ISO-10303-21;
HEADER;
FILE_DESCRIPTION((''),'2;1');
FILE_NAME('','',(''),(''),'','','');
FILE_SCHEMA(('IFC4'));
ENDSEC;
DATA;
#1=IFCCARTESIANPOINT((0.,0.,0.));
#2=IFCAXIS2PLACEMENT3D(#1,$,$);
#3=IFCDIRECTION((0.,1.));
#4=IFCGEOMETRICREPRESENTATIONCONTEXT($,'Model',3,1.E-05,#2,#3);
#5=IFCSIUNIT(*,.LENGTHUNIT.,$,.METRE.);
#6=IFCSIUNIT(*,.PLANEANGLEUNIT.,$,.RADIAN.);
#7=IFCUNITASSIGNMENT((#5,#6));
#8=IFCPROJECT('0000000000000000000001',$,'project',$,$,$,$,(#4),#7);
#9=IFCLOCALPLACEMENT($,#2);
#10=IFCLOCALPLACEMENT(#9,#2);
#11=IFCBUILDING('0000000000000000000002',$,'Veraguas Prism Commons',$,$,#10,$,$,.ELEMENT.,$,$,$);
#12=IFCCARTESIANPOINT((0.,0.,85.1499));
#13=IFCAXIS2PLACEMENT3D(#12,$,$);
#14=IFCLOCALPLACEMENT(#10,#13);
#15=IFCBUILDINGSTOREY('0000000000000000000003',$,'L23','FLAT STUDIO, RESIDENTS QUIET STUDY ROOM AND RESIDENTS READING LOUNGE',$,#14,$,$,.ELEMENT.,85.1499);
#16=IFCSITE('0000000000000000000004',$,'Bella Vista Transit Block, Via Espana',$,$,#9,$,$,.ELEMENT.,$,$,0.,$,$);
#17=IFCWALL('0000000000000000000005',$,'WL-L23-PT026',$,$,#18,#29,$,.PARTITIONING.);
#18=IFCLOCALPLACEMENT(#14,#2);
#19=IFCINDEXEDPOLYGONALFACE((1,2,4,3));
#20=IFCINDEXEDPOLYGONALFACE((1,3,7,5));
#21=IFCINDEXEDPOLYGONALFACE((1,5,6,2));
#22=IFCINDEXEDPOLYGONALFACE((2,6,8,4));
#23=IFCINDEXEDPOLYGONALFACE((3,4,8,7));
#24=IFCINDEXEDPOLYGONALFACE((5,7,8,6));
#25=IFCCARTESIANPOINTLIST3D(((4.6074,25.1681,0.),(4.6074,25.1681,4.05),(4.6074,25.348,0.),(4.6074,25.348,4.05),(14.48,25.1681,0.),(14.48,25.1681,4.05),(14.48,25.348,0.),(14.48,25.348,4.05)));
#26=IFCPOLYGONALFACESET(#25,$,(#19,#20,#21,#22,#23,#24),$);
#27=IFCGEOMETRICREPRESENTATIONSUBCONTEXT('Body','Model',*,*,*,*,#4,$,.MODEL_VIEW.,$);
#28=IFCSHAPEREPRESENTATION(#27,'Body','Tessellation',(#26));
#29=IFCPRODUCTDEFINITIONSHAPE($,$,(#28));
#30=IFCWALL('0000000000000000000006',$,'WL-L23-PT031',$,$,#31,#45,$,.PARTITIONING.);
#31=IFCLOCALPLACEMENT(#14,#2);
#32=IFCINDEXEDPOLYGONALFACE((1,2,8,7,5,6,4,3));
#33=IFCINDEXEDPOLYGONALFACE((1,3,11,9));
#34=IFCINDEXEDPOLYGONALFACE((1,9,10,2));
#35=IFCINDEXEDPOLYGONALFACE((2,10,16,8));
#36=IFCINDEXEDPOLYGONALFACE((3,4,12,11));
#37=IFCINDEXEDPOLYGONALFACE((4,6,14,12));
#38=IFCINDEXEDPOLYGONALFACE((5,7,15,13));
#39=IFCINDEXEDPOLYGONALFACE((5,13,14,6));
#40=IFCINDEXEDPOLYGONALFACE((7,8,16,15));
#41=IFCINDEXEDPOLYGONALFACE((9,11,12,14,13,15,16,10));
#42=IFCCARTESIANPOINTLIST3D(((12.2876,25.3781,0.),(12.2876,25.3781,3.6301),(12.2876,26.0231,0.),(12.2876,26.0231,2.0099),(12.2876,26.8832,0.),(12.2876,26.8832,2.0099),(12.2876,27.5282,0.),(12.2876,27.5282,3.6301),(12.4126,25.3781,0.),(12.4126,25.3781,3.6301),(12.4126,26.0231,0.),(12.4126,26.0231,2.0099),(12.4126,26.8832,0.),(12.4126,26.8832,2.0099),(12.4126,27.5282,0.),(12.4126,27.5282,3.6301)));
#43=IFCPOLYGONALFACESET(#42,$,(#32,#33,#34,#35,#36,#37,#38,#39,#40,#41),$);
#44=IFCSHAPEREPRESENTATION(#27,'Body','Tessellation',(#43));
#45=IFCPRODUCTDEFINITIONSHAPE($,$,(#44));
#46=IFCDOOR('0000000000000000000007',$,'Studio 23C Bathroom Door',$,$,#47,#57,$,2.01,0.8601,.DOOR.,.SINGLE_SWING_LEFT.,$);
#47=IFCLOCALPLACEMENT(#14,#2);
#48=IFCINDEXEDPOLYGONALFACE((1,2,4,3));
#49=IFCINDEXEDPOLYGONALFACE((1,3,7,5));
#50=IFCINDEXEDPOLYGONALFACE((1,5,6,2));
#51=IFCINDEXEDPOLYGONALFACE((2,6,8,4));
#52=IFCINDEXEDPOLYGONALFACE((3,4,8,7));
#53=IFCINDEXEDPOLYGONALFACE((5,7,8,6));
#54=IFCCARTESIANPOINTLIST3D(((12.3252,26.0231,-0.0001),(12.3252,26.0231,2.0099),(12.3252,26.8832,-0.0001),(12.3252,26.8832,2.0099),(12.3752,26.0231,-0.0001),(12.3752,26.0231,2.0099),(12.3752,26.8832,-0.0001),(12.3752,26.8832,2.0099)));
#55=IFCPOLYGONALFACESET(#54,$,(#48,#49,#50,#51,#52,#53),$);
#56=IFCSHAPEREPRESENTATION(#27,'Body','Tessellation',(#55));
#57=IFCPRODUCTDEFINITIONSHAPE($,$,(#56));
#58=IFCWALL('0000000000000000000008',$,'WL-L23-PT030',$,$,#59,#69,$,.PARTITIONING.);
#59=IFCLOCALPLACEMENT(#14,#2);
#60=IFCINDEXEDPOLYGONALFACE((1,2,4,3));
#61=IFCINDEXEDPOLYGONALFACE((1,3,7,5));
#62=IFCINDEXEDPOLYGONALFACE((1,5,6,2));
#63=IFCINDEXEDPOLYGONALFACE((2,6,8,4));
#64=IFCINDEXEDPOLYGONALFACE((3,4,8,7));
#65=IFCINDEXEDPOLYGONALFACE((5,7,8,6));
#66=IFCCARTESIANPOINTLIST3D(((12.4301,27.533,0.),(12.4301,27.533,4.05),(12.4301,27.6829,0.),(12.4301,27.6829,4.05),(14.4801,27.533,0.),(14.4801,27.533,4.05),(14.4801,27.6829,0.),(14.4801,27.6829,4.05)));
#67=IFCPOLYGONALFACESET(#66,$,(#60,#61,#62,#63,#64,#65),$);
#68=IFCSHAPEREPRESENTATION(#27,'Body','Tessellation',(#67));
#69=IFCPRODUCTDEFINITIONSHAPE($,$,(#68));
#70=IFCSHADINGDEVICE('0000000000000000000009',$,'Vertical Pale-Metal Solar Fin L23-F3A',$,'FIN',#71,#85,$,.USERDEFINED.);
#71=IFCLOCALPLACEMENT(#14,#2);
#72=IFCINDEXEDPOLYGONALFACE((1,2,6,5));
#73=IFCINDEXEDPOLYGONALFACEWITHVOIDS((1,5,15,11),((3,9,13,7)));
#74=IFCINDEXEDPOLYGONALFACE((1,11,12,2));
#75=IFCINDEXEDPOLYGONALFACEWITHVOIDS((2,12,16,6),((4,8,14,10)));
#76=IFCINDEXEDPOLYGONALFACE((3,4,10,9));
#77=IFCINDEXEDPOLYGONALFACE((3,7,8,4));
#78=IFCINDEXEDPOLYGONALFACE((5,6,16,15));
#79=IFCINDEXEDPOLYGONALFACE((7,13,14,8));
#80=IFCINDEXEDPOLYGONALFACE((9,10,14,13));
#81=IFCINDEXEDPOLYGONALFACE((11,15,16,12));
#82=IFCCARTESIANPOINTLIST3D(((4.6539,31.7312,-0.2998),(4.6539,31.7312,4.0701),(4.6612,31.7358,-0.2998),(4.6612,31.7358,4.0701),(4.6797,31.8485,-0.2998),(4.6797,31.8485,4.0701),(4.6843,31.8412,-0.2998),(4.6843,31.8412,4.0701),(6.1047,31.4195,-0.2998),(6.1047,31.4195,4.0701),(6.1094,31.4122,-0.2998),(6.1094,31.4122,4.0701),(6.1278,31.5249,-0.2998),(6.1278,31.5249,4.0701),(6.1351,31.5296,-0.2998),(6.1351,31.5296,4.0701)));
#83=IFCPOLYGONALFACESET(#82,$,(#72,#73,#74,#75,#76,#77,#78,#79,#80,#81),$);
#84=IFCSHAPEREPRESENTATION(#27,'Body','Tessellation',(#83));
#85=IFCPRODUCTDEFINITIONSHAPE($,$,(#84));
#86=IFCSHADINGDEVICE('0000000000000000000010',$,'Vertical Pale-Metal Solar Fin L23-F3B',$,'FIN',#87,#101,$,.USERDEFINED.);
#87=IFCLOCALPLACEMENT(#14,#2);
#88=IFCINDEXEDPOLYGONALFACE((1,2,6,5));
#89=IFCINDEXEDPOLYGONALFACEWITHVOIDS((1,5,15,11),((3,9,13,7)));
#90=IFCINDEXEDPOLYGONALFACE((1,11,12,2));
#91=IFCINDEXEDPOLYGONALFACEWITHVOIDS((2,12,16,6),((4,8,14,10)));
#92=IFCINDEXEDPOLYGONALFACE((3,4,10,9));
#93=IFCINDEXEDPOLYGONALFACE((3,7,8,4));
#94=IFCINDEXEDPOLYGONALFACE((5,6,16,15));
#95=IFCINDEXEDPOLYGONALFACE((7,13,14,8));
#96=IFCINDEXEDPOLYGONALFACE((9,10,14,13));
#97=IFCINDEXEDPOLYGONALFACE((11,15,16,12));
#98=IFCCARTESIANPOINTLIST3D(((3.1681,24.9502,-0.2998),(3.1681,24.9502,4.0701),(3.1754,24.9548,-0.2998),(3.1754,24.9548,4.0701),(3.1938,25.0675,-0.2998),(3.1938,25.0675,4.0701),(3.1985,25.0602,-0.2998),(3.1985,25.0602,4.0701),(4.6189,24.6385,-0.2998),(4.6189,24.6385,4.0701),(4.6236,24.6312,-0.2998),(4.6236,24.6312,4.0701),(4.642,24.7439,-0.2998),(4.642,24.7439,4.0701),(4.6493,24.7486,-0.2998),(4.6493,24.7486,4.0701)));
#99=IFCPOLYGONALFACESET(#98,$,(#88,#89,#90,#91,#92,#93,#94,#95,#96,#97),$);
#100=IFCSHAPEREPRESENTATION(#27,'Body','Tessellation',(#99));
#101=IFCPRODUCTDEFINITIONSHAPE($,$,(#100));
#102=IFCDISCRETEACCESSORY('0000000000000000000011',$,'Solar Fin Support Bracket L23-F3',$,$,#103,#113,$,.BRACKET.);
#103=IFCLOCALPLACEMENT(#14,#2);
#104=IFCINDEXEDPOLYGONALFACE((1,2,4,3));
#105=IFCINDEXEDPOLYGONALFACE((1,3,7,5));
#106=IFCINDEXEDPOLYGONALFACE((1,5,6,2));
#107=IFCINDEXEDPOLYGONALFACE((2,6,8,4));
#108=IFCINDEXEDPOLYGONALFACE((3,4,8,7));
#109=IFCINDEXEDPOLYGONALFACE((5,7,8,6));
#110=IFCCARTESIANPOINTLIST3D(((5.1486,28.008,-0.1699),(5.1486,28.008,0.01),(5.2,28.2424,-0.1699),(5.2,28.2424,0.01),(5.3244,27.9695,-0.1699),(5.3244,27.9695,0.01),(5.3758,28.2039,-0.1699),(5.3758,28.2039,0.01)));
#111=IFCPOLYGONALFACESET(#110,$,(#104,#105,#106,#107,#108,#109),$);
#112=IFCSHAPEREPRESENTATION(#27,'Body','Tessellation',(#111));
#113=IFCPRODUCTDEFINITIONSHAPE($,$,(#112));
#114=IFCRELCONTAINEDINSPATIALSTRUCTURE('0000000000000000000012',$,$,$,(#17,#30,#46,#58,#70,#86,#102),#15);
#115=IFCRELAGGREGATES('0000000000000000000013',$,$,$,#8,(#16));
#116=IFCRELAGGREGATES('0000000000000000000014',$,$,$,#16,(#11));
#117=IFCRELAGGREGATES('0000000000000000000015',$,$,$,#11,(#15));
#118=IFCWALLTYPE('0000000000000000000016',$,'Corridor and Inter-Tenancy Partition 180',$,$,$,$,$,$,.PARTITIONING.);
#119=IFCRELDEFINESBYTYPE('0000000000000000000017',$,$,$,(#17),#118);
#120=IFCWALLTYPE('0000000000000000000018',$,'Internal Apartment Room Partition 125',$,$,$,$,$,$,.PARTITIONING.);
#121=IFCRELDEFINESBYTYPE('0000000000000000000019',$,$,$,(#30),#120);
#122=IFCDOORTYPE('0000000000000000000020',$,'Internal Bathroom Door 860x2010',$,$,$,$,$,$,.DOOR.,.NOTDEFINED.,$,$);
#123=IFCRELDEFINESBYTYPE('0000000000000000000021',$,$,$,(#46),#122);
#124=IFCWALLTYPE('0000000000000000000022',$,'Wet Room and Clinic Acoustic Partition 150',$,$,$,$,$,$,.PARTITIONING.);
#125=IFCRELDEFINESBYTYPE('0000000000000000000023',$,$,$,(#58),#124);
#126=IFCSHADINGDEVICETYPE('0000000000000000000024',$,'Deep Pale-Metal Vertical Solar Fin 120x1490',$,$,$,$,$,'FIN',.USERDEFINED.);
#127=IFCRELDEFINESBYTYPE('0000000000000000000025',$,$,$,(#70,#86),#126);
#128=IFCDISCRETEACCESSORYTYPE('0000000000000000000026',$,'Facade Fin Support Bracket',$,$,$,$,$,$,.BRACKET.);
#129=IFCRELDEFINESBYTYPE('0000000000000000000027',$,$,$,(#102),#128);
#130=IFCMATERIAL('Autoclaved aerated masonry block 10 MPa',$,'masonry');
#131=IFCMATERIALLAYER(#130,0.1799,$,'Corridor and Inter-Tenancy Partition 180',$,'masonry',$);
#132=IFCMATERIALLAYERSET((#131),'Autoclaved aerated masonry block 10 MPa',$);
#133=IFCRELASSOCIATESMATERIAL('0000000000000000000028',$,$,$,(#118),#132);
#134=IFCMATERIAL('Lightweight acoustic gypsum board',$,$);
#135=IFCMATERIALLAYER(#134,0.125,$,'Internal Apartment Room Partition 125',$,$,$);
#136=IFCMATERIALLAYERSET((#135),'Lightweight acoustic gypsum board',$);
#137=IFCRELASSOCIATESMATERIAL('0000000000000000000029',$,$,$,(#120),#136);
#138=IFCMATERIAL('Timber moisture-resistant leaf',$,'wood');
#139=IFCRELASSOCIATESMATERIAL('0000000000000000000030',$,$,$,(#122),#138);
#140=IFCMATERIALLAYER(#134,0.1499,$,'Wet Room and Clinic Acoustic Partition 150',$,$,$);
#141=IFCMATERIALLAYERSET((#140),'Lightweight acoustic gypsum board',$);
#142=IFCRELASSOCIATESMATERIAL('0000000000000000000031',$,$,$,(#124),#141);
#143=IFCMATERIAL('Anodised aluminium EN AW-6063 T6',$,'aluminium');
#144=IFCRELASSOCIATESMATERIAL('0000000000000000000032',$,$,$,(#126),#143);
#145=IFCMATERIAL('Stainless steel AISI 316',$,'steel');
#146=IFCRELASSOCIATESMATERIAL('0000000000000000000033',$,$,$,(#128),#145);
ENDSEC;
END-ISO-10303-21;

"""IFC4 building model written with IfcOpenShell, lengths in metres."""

from ifc_helpers import new_model, si_unit, direction, frame, frame_2d, origin, origin_2d, place, context, subcontext, project, spatial, rectangle, hollow_rectangle, extrude, source, transform, mapped, material, layer, layer_set, material_profile, profile_set, type_object, element, fill, save


model = new_model("IFC4")

# Units and contexts
model_context = context("Model", 3, precision=1e-05, world=origin(), true_north=direction((0.0, 1.0)))
body_context = subcontext(model_context, "Body", "Model", "MODEL_VIEW")
ifc_project = project(units=[si_unit("LENGTHUNIT", "METRE"), si_unit("PLANEANGLEUNIT", "RADIAN")], contexts=[model_context])

# Site, building, storey
site_placement = place(None, origin())
site = spatial("IfcSite", under=ifc_project, at=site_placement, Name="Bella Vista Transit Block, Via Espana", CompositionType="ELEMENT", RefElevation=0.0)
building_placement = place(site_placement, origin())
building = spatial("IfcBuilding", under=site, at=building_placement, Name="Veraguas Prism Commons", CompositionType="ELEMENT")
storey_placement = place(building_placement, frame((0.0, 0.0, 85.1499)))
storey = spatial("IfcBuildingStorey", under=building, at=storey_placement, Name="L23", Description="FLAT STUDIO, RESIDENTS QUIET STUDY ROOM AND RESIDENTS READING LOUNGE", CompositionType="ELEMENT", Elevation=85.1499)

# Shared definitions
ifc_material_1 = material(Name="Anodised aluminium EN AW-6063 T6", Category="aluminium")

# Wall
ifc_material_2 = material(Name="Autoclaved aerated masonry block 10 MPa", Category="masonry")
ifc_layer_1 = layer(ifc_material_2, 0.1799, Name="Corridor and Inter-Tenancy Partition 180", Category="masonry")
ifc_layer_set_1 = layer_set([ifc_layer_1], Name="Autoclaved aerated masonry block 10 MPa")
wall_type_1 = type_object("IfcWallType", Name="Corridor and Inter-Tenancy Partition 180", PredefinedType="PARTITIONING", material=ifc_layer_set_1)
wall_1_placement = place(storey_placement, frame((14.48, 25.2581, 0.0), z_axis=(0.0, 0.0, 1.0), x_axis=(-1.0, 0.0, 0.0)))
element("IfcWall", 1, at=wall_1_placement, inside=storey, type_object=wall_type_1, Name="WL-L23-PT026", PredefinedType="PARTITIONING", context=body_context, shape_type="SweptSolid", body=[
    extrude(rectangle(XDim=9.8726, YDim=0.1799, at=frame_2d((4.9363, 0.0))), origin(), (0.0, 0.0, 1.0), 4.05),
])

# Wall, opening, door
ifc_material_3 = material(Name="Lightweight acoustic gypsum board")
ifc_layer_2 = layer(ifc_material_3, 0.125, Name="Internal Apartment Room Partition 125")
ifc_layer_set_2 = layer_set([ifc_layer_2], Name="Lightweight acoustic gypsum board")
wall_type_2 = type_object("IfcWallType", Name="Internal Apartment Room Partition 125", PredefinedType="PARTITIONING", material=ifc_layer_set_2)
wall_2_placement = place(storey_placement, frame((12.3501, 25.3779, 0.0), z_axis=(0.0, 0.0, 1.0), x_axis=(0.0, 1.0, 0.0)))
wall_2 = element("IfcWall", 2, at=wall_2_placement, inside=storey, type_object=wall_type_2, Name="WL-L23-PT031", PredefinedType="PARTITIONING", context=body_context, shape_type="SweptSolid", body=[
    extrude(rectangle(XDim=2.1501, YDim=0.125, at=frame_2d((1.0752, 0.0))), origin(), (0.0, 0.0, 1.0), 3.6301),
])
opening_placement = place(wall_2_placement, frame((0.645, 0.0, 0.0)))
opening = element("IfcOpeningElement", 3, at=opening_placement, cuts=wall_2, PredefinedType="OPENING", context=body_context, shape_type="SweptSolid", body=[
    extrude(rectangle(XDim=0.8601, YDim=2.01, at=frame_2d((0.4302, 1.0049))), frame((0.0, 0.0725, 0.0), z_axis=(0.0, -1.0, 0.0), x_axis=(1.0, 0.0, 0.0)), (0.0, 0.0, 1.0), 0.145),
])
ifc_material_4 = material(Name="Timber moisture-resistant leaf", Category="wood")
door_type = type_object("IfcDoorType", Name="Internal Bathroom Door 860x2010", OperationType="NOTDEFINED", PredefinedType="DOOR", material=ifc_material_4)
shared_shape_1 = source(origin(), body_context, "Body", "SweptSolid", [
    extrude(rectangle(XDim=0.8601, YDim=2.01, at=frame_2d((0.4302, 1.0049))), frame((0.0, 0.0249, 0.0), z_axis=(0.0, -1.0, 0.0), x_axis=(1.0, 0.0, 0.0)), (0.0, 0.0, 1.0), 0.05),
])
door_placement = place(opening_placement, origin())
door = element("IfcDoor", 4, at=door_placement, inside=storey, type_object=door_type, Name="Studio 23C Bathroom Door", OperationType="SINGLE_SWING_LEFT", OverallHeight=2.01, OverallWidth=0.8601, PredefinedType="DOOR", context=body_context, shape_type="MappedRepresentation", body=[
    mapped(shared_shape_1, transform((0.0, 0.0, 0.0), scale=1.0)),
])
fill(opening, door)

# Wall
ifc_layer_3 = layer(ifc_material_3, 0.1499, Name="Wet Room and Clinic Acoustic Partition 150")
ifc_layer_set_3 = layer_set([ifc_layer_3], Name="Lightweight acoustic gypsum board")
wall_type_3 = type_object("IfcWallType", Name="Wet Room and Clinic Acoustic Partition 150", PredefinedType="PARTITIONING", material=ifc_layer_set_3)
wall_3_placement = place(storey_placement, frame((14.48, 27.6079, 0.0), z_axis=(0.0, 0.0, 1.0), x_axis=(-1.0, 0.0, 0.0)))
element("IfcWall", 5, at=wall_3_placement, inside=storey, type_object=wall_type_3, Name="WL-L23-PT030", PredefinedType="PARTITIONING", context=body_context, shape_type="SweptSolid", body=[
    extrude(rectangle(XDim=2.05, YDim=0.1499, at=frame_2d((1.0249, 0.0))), origin(), (0.0, 0.0, 1.0), 4.05),
])

# Shading devices
ifc_material_profile_1 = material_profile(ifc_material_1, hollow_rectangle(XDim=0.1201, YDim=1.49, WallThickness=0.0061, at=origin_2d()), Name="FIN120X1490X6")
ifc_profile_set_1 = profile_set([ifc_material_profile_1], Name="Anodised aluminium EN AW-6063 T6")
shading_device_type = type_object("IfcShadingDeviceType", Name="Deep Pale-Metal Vertical Solar Fin 120x1490", ElementType="FIN", PredefinedType="USERDEFINED", material=ifc_profile_set_1)
for number, where, z_axis, x_axis, name in (
    (6, (5.3945, 31.6304, -0.2998), (0.0, 0.0, 1.0), (-0.21405, -0.976823, 0.0), "Vertical Pale-Metal Solar Fin L23-F3A"),
    (7, (3.9087, 24.8494, -0.2998), (0.0, 0.0, 1.0), (-0.21405, -0.976823, 0.0), "Vertical Pale-Metal Solar Fin L23-F3B"),
):
    element("IfcShadingDevice", number, at=place(storey_placement, frame(where, z_axis=z_axis, x_axis=x_axis)), inside=storey, type_object=shading_device_type, Name=name, ObjectType="FIN", PredefinedType="USERDEFINED", context=body_context, shape_type="SweptSolid", body=[
        extrude(hollow_rectangle(XDim=0.1201, YDim=1.49, WallThickness=0.0061, at=origin_2d()), origin(), (0.0, 0.0, 1.0), 4.3699),
    ])

# Discrete accessory
ifc_material_5 = material(Name="Stainless steel AISI 316", Category="steel")
discrete_accessory_type = type_object("IfcDiscreteAccessoryType", Name="Facade Fin Support Bracket", PredefinedType="BRACKET", material=ifc_material_5)
shared_shape_2 = source(origin(), body_context, "Body", "SweptSolid", [
    extrude(rectangle(XDim=0.24, YDim=0.1799, at=origin_2d()), origin(), (0.0, 0.0, 1.0), 0.1799),
])
discrete_accessory_placement = place(storey_placement, frame((5.2622, 28.106, -0.1699), z_axis=(0.0, 0.0, 1.0), x_axis=(-0.21405, -0.976823, 0.0)))
element("IfcDiscreteAccessory", 8, at=discrete_accessory_placement, inside=storey, type_object=discrete_accessory_type, Name="Solar Fin Support Bracket L23-F3", PredefinedType="BRACKET", context=body_context, shape_type="MappedRepresentation", body=[
    mapped(shared_shape_2, transform((0.0, 0.0, 0.0), scale=1.0)),
])

save(model, "model.ifc")
